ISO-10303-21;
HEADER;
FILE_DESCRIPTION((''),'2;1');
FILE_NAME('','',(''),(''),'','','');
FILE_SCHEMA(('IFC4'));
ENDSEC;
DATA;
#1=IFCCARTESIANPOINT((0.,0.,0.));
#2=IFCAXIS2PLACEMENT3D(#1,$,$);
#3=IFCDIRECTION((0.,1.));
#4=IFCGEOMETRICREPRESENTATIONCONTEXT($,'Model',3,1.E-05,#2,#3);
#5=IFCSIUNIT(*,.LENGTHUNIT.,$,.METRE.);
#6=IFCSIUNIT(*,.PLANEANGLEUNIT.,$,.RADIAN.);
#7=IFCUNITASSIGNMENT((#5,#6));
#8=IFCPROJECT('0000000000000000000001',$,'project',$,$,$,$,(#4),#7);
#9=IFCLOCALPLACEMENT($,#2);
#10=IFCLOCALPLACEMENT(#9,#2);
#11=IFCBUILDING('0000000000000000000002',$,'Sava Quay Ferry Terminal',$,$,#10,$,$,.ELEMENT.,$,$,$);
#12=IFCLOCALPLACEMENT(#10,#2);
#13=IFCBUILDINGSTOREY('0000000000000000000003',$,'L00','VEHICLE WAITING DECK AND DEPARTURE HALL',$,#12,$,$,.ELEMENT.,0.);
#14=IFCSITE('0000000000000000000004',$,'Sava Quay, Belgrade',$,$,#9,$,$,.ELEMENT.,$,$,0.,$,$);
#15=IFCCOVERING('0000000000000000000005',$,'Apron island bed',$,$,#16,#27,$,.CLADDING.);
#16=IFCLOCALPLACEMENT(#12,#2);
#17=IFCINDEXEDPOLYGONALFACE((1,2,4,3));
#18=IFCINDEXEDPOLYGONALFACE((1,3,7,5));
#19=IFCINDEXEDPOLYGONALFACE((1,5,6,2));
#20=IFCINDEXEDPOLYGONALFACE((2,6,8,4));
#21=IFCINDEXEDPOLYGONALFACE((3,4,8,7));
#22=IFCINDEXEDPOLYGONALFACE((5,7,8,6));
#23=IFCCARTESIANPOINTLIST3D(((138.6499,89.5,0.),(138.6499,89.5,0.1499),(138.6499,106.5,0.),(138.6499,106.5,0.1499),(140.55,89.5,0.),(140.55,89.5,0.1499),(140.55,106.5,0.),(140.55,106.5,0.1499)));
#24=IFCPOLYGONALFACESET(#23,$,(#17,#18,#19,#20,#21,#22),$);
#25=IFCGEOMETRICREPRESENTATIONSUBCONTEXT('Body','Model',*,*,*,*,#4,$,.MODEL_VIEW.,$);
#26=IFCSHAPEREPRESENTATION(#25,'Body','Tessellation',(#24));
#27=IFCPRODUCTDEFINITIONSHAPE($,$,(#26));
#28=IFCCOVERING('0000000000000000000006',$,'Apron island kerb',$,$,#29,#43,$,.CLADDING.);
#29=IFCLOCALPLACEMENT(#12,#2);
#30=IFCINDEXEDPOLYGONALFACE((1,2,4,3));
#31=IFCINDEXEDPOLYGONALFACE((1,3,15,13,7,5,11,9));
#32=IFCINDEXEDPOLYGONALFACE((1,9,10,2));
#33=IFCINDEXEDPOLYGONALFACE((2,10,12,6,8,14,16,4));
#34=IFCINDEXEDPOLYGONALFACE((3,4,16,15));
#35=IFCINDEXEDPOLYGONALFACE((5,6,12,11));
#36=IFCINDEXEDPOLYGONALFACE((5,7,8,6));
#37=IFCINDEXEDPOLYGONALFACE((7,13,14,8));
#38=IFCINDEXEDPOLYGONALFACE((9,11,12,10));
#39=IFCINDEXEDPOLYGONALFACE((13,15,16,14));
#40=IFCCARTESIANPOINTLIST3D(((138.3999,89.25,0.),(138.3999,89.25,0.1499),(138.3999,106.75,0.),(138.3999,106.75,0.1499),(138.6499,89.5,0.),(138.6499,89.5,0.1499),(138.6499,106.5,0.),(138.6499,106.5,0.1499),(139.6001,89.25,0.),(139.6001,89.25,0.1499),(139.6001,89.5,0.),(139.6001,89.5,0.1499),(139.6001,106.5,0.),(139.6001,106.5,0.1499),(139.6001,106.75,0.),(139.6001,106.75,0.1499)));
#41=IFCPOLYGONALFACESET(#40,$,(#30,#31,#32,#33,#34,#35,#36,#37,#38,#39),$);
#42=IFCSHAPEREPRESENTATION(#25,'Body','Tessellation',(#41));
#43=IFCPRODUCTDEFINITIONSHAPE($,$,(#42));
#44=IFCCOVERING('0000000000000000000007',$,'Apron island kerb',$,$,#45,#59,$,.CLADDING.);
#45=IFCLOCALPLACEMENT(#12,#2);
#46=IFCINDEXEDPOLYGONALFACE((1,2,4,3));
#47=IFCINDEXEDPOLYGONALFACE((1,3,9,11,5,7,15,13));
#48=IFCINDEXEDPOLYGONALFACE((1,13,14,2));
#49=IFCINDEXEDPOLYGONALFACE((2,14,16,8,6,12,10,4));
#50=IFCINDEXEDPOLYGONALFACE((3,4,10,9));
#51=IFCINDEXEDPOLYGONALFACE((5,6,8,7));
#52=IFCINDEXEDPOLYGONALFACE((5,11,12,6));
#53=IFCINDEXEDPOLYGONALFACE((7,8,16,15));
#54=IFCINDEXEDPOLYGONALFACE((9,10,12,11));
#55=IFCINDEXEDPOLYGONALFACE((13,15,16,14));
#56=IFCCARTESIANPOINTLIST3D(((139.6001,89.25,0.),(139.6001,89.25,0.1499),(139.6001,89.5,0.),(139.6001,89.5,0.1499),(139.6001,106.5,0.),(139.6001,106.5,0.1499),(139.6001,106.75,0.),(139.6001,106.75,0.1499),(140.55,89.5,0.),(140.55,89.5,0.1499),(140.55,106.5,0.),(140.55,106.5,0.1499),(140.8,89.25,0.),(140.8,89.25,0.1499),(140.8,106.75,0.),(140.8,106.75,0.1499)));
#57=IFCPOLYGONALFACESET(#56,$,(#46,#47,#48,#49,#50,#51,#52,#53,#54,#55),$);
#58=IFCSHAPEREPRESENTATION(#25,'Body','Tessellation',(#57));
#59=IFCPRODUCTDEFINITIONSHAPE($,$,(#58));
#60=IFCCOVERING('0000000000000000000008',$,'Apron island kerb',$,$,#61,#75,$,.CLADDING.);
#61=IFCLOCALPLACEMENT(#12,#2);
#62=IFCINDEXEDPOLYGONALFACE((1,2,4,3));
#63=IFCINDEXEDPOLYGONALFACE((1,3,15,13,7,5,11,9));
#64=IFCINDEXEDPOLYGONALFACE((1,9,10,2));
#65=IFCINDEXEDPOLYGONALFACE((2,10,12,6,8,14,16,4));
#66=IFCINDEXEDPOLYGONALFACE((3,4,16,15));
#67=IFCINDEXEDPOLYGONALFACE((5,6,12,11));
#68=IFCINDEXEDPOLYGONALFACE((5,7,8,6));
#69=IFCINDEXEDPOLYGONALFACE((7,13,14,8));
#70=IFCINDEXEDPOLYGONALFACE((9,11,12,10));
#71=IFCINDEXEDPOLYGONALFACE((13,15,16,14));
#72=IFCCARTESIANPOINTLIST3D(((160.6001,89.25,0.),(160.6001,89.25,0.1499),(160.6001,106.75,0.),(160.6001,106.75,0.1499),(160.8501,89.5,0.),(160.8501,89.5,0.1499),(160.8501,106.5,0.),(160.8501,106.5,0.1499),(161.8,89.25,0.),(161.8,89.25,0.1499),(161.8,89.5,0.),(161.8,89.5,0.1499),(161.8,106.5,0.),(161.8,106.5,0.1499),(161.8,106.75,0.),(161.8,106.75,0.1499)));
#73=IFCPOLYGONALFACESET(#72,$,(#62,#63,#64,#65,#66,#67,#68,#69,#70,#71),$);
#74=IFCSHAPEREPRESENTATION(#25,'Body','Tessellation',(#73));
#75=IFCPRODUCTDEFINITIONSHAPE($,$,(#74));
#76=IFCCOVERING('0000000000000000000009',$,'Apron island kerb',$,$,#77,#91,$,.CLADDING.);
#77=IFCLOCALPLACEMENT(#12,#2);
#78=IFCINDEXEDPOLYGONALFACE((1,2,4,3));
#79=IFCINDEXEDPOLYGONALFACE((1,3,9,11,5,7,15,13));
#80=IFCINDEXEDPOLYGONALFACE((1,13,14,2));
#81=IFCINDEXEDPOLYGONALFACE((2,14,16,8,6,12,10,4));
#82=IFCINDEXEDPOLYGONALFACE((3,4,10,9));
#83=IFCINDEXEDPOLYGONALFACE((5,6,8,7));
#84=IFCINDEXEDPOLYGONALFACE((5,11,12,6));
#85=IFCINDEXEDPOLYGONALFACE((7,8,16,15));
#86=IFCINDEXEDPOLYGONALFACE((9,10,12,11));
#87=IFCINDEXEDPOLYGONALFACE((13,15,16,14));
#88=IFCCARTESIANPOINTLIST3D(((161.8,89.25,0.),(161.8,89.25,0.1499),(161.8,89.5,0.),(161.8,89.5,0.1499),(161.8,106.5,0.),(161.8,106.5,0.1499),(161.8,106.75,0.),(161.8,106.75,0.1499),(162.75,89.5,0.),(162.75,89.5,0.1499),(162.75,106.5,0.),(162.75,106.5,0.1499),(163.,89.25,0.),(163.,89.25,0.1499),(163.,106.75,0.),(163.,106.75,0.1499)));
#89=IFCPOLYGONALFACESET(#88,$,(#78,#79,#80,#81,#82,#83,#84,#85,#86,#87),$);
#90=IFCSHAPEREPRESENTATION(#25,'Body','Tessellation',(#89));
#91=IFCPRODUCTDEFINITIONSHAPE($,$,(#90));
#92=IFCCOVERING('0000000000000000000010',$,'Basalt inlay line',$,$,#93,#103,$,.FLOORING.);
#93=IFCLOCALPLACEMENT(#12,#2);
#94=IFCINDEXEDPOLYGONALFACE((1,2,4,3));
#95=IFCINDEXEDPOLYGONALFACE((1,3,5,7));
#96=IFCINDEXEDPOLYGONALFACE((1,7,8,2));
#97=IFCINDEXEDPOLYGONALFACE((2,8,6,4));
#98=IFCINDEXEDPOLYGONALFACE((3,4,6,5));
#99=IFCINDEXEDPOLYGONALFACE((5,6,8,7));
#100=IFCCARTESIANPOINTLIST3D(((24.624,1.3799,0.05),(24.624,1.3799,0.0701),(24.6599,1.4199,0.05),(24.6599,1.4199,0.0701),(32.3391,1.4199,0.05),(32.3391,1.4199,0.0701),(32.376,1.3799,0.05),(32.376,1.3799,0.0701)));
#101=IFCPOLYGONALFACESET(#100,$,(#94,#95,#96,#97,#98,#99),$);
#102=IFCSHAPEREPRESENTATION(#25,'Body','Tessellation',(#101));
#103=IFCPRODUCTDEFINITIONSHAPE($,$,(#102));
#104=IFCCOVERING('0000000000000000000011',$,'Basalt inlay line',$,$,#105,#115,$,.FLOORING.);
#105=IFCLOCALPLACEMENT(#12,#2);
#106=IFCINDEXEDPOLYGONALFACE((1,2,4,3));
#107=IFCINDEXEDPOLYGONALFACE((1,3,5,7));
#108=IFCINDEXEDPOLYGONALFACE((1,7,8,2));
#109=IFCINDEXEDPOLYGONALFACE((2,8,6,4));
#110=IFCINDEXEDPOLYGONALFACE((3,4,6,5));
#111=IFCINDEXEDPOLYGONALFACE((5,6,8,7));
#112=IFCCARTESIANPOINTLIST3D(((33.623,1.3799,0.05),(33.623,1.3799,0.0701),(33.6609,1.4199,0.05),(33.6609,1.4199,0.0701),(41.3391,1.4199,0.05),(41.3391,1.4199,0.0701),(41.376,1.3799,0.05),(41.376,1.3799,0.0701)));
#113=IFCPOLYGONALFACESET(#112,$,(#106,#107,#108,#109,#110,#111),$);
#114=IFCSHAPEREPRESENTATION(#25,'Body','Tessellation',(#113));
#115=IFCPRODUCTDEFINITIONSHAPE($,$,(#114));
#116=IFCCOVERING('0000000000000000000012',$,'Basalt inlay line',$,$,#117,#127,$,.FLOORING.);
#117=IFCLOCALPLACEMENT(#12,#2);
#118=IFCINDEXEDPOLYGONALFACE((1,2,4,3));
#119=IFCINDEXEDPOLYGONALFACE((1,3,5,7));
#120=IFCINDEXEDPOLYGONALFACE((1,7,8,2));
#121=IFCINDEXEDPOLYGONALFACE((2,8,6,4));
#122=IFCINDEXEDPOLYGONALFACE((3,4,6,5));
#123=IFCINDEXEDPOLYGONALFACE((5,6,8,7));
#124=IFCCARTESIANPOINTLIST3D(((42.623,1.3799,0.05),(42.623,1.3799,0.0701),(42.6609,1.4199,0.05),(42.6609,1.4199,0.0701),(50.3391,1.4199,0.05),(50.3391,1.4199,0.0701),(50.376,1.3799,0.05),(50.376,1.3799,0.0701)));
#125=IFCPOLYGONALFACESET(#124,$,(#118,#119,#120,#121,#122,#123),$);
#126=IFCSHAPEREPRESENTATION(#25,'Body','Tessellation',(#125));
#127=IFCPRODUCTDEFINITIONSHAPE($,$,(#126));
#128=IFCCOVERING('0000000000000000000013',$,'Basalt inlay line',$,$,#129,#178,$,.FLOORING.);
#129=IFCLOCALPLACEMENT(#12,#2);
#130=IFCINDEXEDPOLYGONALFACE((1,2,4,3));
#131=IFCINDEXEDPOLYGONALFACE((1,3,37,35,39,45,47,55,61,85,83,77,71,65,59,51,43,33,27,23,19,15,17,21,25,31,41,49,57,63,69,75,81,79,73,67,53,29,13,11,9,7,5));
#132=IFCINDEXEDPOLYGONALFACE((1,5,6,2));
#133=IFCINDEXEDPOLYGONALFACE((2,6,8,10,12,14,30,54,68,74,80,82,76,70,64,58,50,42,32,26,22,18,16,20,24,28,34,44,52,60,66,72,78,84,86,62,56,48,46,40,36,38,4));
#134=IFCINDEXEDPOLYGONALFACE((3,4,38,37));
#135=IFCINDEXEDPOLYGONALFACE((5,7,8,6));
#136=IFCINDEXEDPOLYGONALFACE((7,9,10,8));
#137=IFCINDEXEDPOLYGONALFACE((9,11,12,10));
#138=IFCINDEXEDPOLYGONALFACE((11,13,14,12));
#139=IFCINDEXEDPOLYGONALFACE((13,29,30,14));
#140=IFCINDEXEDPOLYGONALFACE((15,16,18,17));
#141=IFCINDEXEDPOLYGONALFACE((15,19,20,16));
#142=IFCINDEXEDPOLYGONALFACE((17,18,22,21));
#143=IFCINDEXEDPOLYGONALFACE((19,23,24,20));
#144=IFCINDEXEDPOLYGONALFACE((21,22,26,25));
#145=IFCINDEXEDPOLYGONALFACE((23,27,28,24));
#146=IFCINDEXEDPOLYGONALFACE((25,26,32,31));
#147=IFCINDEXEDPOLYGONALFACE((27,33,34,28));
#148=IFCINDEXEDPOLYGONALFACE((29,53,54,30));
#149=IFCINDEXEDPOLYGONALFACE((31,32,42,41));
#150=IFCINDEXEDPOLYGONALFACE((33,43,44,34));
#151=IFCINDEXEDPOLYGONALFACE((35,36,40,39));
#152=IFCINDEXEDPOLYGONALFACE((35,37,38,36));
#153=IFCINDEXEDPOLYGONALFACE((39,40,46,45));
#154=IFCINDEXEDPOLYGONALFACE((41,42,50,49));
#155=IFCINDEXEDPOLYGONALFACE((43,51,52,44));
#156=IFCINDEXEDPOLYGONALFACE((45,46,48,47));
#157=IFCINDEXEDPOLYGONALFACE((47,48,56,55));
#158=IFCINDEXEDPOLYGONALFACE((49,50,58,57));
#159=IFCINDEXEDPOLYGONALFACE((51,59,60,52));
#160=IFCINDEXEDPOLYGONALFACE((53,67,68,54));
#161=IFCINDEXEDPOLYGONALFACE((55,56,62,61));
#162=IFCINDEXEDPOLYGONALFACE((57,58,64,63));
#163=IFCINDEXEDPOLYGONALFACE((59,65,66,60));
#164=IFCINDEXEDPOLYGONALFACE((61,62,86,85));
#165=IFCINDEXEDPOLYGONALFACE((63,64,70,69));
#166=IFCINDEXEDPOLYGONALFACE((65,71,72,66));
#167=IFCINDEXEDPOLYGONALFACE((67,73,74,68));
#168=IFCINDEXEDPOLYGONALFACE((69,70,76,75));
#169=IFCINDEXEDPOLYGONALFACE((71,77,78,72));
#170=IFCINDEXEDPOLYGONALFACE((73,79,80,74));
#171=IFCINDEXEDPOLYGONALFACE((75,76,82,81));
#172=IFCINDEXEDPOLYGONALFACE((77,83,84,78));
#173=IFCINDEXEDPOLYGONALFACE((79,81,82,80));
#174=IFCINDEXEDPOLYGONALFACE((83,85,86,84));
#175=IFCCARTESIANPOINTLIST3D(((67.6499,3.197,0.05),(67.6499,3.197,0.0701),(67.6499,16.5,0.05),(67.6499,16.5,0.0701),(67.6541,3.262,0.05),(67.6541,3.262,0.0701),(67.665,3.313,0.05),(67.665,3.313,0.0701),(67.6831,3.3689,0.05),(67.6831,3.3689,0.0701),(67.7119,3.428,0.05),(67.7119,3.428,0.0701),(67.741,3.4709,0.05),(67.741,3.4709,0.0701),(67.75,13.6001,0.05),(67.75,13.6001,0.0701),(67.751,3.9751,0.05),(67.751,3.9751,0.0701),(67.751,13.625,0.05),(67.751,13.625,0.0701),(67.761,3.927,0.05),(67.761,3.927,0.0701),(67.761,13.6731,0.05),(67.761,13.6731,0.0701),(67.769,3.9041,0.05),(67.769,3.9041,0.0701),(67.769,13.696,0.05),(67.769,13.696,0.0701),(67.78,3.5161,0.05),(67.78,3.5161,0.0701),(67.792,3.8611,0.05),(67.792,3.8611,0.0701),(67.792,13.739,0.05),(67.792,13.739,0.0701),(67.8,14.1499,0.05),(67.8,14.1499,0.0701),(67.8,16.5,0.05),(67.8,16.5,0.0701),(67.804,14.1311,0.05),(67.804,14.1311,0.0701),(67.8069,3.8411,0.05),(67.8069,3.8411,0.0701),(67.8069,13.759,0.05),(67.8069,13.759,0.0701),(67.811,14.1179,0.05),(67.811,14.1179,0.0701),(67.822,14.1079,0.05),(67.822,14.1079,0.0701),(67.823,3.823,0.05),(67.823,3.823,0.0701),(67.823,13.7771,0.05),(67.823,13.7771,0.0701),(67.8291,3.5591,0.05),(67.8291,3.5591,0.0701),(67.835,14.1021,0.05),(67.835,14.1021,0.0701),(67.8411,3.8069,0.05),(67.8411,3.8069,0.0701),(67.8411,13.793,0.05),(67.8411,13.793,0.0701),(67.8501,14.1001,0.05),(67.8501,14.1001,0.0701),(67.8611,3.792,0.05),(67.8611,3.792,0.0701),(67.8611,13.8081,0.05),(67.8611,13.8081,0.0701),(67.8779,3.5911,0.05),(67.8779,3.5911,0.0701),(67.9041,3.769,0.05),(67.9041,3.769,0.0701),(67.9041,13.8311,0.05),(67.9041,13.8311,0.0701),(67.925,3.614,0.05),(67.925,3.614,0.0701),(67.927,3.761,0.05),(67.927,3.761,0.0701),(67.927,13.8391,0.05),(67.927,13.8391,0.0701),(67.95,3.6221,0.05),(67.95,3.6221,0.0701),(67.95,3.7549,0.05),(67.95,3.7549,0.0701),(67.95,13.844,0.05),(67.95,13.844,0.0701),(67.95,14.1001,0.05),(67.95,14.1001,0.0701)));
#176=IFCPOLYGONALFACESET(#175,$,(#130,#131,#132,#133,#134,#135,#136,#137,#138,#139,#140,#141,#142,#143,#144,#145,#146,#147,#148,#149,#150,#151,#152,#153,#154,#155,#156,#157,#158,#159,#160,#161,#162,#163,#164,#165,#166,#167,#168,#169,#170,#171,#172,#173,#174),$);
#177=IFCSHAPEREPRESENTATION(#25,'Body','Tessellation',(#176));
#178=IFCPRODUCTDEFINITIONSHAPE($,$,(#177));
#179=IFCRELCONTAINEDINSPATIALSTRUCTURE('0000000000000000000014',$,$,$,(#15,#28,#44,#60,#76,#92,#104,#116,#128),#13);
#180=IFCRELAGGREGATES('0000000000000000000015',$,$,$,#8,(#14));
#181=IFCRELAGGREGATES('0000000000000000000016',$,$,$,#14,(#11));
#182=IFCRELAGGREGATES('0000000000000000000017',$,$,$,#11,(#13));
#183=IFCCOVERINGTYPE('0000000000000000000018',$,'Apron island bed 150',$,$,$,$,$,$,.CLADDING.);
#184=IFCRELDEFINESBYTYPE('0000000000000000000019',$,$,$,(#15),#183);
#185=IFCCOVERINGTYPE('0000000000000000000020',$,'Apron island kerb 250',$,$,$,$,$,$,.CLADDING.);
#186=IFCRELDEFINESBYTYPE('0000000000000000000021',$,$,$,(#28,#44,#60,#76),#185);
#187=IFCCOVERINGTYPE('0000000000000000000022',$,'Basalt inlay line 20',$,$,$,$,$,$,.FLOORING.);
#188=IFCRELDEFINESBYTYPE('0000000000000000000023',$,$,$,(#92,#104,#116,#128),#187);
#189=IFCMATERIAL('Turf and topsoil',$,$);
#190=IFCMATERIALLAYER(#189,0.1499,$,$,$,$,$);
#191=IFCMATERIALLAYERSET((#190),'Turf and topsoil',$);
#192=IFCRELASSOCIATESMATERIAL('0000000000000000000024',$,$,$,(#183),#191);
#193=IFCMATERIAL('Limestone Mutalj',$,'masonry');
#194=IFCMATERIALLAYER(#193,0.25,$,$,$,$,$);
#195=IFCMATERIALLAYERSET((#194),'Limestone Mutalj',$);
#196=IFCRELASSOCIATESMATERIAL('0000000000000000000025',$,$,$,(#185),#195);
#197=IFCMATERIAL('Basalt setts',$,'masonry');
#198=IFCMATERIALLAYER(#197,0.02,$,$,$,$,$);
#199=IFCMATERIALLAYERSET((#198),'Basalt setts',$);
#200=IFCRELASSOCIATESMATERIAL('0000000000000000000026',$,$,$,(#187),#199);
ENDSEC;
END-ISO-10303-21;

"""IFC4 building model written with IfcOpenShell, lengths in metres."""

from ifc_helpers import new_model, si_unit, direction, frame, origin, place, context, subcontext, project, spatial, polyline, outline, extrude, material, layer, layer_set, type_object, element, save


model = new_model("IFC4")

# Units and contexts
model_context = context("Model", 3, precision=1e-05, world=origin(), true_north=direction((0.0, 1.0)))
body_context = subcontext(model_context, "Body", "Model", "MODEL_VIEW")
ifc_project = project(units=[si_unit("LENGTHUNIT", "METRE"), si_unit("PLANEANGLEUNIT", "RADIAN")], contexts=[model_context])

# Site, building, storey
site_placement = place(None, origin())
site = spatial("IfcSite", under=ifc_project, at=site_placement, Name="Sava Quay, Belgrade", CompositionType="ELEMENT", RefElevation=0.0)
building_placement = place(site_placement, origin())
building = spatial("IfcBuilding", under=site, at=building_placement, Name="Sava Quay Ferry Terminal", CompositionType="ELEMENT")
storey_placement = place(building_placement, origin())
storey = spatial("IfcBuildingStorey", under=building, at=storey_placement, Name="L00", Description="VEHICLE WAITING DECK AND DEPARTURE HALL", CompositionType="ELEMENT", Elevation=0.0)

# Coverings
ifc_material_1 = material(Name="Turf and topsoil")
ifc_layer_1 = layer(ifc_material_1, 0.1499)
ifc_layer_set_1 = layer_set([ifc_layer_1], Name="Turf and topsoil")
covering_type_1 = type_object("IfcCoveringType", Name="Apron island bed 150", PredefinedType="CLADDING", material=ifc_layer_set_1)
covering_1_placement = place(storey_placement, origin())
element("IfcCovering", 1, at=covering_1_placement, inside=storey, type_object=covering_type_1, Name="Apron island bed", PredefinedType="CLADDING", context=body_context, shape_type="SweptSolid", body=[
    extrude(outline(polyline([(140.55, 89.5), (140.55, 106.5), (138.6499, 106.5), (138.6499, 89.5), (140.55, 89.5)])), origin(), (0.0, 0.0, 1.0), 0.1499),
])
ifc_material_2 = material(Name="Limestone Mutalj", Category="masonry")
ifc_layer_2 = layer(ifc_material_2, 0.25)
ifc_layer_set_2 = layer_set([ifc_layer_2], Name="Limestone Mutalj")
covering_type_2 = type_object("IfcCoveringType", Name="Apron island kerb 250", PredefinedType="CLADDING", material=ifc_layer_set_2)
covering_2_placement = place(storey_placement, origin())
element("IfcCovering", 2, at=covering_2_placement, inside=storey, type_object=covering_type_2, Name="Apron island kerb", PredefinedType="CLADDING", context=body_context, shape_type="SweptSolid", body=[
    extrude(outline(polyline([(138.3999, 106.75), (138.3999, 89.25), (139.6001, 89.25), (139.6001, 89.5), (138.6499, 89.5), (138.6499, 106.5), (139.6001, 106.5), (139.6001, 106.75), (138.3999, 106.75)])), origin(), (0.0, 0.0, 1.0), 0.1499),
])
covering_3_placement = place(storey_placement, origin())
element("IfcCovering", 3, at=covering_3_placement, inside=storey, type_object=covering_type_2, Name="Apron island kerb", PredefinedType="CLADDING", context=body_context, shape_type="SweptSolid", body=[
    extrude(outline(polyline([(140.8, 106.75), (139.6001, 106.75), (139.6001, 106.5), (140.55, 106.5), (140.55, 89.5), (139.6001, 89.5), (139.6001, 89.25), (140.8, 89.25), (140.8, 106.75)])), origin(), (0.0, 0.0, 1.0), 0.1499),
])
covering_4_placement = place(storey_placement, origin())
element("IfcCovering", 4, at=covering_4_placement, inside=storey, type_object=covering_type_2, Name="Apron island kerb", PredefinedType="CLADDING", context=body_context, shape_type="SweptSolid", body=[
    extrude(outline(polyline([(160.6001, 106.75), (160.6001, 89.25), (161.8, 89.25), (161.8, 89.5), (160.8501, 89.5), (160.8501, 106.5), (161.8, 106.5), (161.8, 106.75), (160.6001, 106.75)])), origin(), (0.0, 0.0, 1.0), 0.1499),
])
covering_5_placement = place(storey_placement, origin())
element("IfcCovering", 5, at=covering_5_placement, inside=storey, type_object=covering_type_2, Name="Apron island kerb", PredefinedType="CLADDING", context=body_context, shape_type="SweptSolid", body=[
    extrude(outline(polyline([(163.0, 106.75), (161.8, 106.75), (161.8, 106.5), (162.75, 106.5), (162.75, 89.5), (161.8, 89.5), (161.8, 89.25), (163.0, 89.25), (163.0, 106.75)])), origin(), (0.0, 0.0, 1.0), 0.1499),
])
ifc_material_3 = material(Name="Basalt setts", Category="masonry")
ifc_layer_3 = layer(ifc_material_3, 0.02)
ifc_layer_set_3 = layer_set([ifc_layer_3], Name="Basalt setts")
covering_type_3 = type_object("IfcCoveringType", Name="Basalt inlay line 20", PredefinedType="FLOORING", material=ifc_layer_set_3)
covering_6_placement = place(storey_placement, frame((0.0, 0.0, 0.05)))
element("IfcCovering", 6, at=covering_6_placement, inside=storey, type_object=covering_type_3, Name="Basalt inlay line", PredefinedType="FLOORING", context=body_context, shape_type="SweptSolid", body=[
    extrude(outline(polyline([(32.376, 1.3799), (32.3391, 1.4199), (24.6599, 1.4199), (24.624, 1.3799), (32.376, 1.3799)])), origin(), (0.0, 0.0, 1.0), 0.02),
])
covering_7_placement = place(storey_placement, frame((0.0, 0.0, 0.05)))
element("IfcCovering", 7, at=covering_7_placement, inside=storey, type_object=covering_type_3, Name="Basalt inlay line", PredefinedType="FLOORING", context=body_context, shape_type="SweptSolid", body=[
    extrude(outline(polyline([(41.376, 1.3799), (41.3391, 1.4199), (33.6609, 1.4199), (33.623, 1.3799), (41.376, 1.3799)])), origin(), (0.0, 0.0, 1.0), 0.02),
])
covering_8_placement = place(storey_placement, frame((0.0, 0.0, 0.05)))
element("IfcCovering", 8, at=covering_8_placement, inside=storey, type_object=covering_type_3, Name="Basalt inlay line", PredefinedType="FLOORING", context=body_context, shape_type="SweptSolid", body=[
    extrude(outline(polyline([(50.376, 1.3799), (50.3391, 1.4199), (42.6609, 1.4199), (42.623, 1.3799), (50.376, 1.3799)])), origin(), (0.0, 0.0, 1.0), 0.02),
])
covering_9_placement = place(storey_placement, frame((0.0, 0.0, 0.05)))
element("IfcCovering", 9, at=covering_9_placement, inside=storey, type_object=covering_type_3, Name="Basalt inlay line", PredefinedType="FLOORING", context=body_context, shape_type="SweptSolid", body=[
    extrude(outline(polyline([(67.8, 16.5), (67.6499, 16.5), (67.6499, 3.197), (67.6541, 3.262), (67.665, 3.313), (67.6831, 3.3689), (67.7119, 3.428), (67.741, 3.4709), (67.78, 3.5161), (67.8291, 3.5591), (67.8779, 3.5911), (67.925, 3.614), (67.95, 3.6221), (67.95, 3.7549), (67.927, 3.761), (67.9041, 3.769), (67.8611, 3.792), (67.8411, 3.8069), (67.823, 3.823), (67.8069, 3.8411), (67.792, 3.8611), (67.769, 3.9041), (67.761, 3.927), (67.751, 3.9751), (67.75, 13.6001), (67.751, 13.625), (67.761, 13.6731), (67.769, 13.696), (67.792, 13.739), (67.8069, 13.759), (67.823, 13.7771), (67.8411, 13.793), (67.8611, 13.8081), (67.9041, 13.8311), (67.927, 13.8391), (67.95, 13.844), (67.95, 14.1001), (67.8501, 14.1001), (67.835, 14.1021), (67.822, 14.1079), (67.811, 14.1179), (67.804, 14.1311), (67.8, 14.1499), (67.8, 16.5)])), origin(), (0.0, 0.0, 1.0), 0.02),
])

save(model, "model.ifc")
